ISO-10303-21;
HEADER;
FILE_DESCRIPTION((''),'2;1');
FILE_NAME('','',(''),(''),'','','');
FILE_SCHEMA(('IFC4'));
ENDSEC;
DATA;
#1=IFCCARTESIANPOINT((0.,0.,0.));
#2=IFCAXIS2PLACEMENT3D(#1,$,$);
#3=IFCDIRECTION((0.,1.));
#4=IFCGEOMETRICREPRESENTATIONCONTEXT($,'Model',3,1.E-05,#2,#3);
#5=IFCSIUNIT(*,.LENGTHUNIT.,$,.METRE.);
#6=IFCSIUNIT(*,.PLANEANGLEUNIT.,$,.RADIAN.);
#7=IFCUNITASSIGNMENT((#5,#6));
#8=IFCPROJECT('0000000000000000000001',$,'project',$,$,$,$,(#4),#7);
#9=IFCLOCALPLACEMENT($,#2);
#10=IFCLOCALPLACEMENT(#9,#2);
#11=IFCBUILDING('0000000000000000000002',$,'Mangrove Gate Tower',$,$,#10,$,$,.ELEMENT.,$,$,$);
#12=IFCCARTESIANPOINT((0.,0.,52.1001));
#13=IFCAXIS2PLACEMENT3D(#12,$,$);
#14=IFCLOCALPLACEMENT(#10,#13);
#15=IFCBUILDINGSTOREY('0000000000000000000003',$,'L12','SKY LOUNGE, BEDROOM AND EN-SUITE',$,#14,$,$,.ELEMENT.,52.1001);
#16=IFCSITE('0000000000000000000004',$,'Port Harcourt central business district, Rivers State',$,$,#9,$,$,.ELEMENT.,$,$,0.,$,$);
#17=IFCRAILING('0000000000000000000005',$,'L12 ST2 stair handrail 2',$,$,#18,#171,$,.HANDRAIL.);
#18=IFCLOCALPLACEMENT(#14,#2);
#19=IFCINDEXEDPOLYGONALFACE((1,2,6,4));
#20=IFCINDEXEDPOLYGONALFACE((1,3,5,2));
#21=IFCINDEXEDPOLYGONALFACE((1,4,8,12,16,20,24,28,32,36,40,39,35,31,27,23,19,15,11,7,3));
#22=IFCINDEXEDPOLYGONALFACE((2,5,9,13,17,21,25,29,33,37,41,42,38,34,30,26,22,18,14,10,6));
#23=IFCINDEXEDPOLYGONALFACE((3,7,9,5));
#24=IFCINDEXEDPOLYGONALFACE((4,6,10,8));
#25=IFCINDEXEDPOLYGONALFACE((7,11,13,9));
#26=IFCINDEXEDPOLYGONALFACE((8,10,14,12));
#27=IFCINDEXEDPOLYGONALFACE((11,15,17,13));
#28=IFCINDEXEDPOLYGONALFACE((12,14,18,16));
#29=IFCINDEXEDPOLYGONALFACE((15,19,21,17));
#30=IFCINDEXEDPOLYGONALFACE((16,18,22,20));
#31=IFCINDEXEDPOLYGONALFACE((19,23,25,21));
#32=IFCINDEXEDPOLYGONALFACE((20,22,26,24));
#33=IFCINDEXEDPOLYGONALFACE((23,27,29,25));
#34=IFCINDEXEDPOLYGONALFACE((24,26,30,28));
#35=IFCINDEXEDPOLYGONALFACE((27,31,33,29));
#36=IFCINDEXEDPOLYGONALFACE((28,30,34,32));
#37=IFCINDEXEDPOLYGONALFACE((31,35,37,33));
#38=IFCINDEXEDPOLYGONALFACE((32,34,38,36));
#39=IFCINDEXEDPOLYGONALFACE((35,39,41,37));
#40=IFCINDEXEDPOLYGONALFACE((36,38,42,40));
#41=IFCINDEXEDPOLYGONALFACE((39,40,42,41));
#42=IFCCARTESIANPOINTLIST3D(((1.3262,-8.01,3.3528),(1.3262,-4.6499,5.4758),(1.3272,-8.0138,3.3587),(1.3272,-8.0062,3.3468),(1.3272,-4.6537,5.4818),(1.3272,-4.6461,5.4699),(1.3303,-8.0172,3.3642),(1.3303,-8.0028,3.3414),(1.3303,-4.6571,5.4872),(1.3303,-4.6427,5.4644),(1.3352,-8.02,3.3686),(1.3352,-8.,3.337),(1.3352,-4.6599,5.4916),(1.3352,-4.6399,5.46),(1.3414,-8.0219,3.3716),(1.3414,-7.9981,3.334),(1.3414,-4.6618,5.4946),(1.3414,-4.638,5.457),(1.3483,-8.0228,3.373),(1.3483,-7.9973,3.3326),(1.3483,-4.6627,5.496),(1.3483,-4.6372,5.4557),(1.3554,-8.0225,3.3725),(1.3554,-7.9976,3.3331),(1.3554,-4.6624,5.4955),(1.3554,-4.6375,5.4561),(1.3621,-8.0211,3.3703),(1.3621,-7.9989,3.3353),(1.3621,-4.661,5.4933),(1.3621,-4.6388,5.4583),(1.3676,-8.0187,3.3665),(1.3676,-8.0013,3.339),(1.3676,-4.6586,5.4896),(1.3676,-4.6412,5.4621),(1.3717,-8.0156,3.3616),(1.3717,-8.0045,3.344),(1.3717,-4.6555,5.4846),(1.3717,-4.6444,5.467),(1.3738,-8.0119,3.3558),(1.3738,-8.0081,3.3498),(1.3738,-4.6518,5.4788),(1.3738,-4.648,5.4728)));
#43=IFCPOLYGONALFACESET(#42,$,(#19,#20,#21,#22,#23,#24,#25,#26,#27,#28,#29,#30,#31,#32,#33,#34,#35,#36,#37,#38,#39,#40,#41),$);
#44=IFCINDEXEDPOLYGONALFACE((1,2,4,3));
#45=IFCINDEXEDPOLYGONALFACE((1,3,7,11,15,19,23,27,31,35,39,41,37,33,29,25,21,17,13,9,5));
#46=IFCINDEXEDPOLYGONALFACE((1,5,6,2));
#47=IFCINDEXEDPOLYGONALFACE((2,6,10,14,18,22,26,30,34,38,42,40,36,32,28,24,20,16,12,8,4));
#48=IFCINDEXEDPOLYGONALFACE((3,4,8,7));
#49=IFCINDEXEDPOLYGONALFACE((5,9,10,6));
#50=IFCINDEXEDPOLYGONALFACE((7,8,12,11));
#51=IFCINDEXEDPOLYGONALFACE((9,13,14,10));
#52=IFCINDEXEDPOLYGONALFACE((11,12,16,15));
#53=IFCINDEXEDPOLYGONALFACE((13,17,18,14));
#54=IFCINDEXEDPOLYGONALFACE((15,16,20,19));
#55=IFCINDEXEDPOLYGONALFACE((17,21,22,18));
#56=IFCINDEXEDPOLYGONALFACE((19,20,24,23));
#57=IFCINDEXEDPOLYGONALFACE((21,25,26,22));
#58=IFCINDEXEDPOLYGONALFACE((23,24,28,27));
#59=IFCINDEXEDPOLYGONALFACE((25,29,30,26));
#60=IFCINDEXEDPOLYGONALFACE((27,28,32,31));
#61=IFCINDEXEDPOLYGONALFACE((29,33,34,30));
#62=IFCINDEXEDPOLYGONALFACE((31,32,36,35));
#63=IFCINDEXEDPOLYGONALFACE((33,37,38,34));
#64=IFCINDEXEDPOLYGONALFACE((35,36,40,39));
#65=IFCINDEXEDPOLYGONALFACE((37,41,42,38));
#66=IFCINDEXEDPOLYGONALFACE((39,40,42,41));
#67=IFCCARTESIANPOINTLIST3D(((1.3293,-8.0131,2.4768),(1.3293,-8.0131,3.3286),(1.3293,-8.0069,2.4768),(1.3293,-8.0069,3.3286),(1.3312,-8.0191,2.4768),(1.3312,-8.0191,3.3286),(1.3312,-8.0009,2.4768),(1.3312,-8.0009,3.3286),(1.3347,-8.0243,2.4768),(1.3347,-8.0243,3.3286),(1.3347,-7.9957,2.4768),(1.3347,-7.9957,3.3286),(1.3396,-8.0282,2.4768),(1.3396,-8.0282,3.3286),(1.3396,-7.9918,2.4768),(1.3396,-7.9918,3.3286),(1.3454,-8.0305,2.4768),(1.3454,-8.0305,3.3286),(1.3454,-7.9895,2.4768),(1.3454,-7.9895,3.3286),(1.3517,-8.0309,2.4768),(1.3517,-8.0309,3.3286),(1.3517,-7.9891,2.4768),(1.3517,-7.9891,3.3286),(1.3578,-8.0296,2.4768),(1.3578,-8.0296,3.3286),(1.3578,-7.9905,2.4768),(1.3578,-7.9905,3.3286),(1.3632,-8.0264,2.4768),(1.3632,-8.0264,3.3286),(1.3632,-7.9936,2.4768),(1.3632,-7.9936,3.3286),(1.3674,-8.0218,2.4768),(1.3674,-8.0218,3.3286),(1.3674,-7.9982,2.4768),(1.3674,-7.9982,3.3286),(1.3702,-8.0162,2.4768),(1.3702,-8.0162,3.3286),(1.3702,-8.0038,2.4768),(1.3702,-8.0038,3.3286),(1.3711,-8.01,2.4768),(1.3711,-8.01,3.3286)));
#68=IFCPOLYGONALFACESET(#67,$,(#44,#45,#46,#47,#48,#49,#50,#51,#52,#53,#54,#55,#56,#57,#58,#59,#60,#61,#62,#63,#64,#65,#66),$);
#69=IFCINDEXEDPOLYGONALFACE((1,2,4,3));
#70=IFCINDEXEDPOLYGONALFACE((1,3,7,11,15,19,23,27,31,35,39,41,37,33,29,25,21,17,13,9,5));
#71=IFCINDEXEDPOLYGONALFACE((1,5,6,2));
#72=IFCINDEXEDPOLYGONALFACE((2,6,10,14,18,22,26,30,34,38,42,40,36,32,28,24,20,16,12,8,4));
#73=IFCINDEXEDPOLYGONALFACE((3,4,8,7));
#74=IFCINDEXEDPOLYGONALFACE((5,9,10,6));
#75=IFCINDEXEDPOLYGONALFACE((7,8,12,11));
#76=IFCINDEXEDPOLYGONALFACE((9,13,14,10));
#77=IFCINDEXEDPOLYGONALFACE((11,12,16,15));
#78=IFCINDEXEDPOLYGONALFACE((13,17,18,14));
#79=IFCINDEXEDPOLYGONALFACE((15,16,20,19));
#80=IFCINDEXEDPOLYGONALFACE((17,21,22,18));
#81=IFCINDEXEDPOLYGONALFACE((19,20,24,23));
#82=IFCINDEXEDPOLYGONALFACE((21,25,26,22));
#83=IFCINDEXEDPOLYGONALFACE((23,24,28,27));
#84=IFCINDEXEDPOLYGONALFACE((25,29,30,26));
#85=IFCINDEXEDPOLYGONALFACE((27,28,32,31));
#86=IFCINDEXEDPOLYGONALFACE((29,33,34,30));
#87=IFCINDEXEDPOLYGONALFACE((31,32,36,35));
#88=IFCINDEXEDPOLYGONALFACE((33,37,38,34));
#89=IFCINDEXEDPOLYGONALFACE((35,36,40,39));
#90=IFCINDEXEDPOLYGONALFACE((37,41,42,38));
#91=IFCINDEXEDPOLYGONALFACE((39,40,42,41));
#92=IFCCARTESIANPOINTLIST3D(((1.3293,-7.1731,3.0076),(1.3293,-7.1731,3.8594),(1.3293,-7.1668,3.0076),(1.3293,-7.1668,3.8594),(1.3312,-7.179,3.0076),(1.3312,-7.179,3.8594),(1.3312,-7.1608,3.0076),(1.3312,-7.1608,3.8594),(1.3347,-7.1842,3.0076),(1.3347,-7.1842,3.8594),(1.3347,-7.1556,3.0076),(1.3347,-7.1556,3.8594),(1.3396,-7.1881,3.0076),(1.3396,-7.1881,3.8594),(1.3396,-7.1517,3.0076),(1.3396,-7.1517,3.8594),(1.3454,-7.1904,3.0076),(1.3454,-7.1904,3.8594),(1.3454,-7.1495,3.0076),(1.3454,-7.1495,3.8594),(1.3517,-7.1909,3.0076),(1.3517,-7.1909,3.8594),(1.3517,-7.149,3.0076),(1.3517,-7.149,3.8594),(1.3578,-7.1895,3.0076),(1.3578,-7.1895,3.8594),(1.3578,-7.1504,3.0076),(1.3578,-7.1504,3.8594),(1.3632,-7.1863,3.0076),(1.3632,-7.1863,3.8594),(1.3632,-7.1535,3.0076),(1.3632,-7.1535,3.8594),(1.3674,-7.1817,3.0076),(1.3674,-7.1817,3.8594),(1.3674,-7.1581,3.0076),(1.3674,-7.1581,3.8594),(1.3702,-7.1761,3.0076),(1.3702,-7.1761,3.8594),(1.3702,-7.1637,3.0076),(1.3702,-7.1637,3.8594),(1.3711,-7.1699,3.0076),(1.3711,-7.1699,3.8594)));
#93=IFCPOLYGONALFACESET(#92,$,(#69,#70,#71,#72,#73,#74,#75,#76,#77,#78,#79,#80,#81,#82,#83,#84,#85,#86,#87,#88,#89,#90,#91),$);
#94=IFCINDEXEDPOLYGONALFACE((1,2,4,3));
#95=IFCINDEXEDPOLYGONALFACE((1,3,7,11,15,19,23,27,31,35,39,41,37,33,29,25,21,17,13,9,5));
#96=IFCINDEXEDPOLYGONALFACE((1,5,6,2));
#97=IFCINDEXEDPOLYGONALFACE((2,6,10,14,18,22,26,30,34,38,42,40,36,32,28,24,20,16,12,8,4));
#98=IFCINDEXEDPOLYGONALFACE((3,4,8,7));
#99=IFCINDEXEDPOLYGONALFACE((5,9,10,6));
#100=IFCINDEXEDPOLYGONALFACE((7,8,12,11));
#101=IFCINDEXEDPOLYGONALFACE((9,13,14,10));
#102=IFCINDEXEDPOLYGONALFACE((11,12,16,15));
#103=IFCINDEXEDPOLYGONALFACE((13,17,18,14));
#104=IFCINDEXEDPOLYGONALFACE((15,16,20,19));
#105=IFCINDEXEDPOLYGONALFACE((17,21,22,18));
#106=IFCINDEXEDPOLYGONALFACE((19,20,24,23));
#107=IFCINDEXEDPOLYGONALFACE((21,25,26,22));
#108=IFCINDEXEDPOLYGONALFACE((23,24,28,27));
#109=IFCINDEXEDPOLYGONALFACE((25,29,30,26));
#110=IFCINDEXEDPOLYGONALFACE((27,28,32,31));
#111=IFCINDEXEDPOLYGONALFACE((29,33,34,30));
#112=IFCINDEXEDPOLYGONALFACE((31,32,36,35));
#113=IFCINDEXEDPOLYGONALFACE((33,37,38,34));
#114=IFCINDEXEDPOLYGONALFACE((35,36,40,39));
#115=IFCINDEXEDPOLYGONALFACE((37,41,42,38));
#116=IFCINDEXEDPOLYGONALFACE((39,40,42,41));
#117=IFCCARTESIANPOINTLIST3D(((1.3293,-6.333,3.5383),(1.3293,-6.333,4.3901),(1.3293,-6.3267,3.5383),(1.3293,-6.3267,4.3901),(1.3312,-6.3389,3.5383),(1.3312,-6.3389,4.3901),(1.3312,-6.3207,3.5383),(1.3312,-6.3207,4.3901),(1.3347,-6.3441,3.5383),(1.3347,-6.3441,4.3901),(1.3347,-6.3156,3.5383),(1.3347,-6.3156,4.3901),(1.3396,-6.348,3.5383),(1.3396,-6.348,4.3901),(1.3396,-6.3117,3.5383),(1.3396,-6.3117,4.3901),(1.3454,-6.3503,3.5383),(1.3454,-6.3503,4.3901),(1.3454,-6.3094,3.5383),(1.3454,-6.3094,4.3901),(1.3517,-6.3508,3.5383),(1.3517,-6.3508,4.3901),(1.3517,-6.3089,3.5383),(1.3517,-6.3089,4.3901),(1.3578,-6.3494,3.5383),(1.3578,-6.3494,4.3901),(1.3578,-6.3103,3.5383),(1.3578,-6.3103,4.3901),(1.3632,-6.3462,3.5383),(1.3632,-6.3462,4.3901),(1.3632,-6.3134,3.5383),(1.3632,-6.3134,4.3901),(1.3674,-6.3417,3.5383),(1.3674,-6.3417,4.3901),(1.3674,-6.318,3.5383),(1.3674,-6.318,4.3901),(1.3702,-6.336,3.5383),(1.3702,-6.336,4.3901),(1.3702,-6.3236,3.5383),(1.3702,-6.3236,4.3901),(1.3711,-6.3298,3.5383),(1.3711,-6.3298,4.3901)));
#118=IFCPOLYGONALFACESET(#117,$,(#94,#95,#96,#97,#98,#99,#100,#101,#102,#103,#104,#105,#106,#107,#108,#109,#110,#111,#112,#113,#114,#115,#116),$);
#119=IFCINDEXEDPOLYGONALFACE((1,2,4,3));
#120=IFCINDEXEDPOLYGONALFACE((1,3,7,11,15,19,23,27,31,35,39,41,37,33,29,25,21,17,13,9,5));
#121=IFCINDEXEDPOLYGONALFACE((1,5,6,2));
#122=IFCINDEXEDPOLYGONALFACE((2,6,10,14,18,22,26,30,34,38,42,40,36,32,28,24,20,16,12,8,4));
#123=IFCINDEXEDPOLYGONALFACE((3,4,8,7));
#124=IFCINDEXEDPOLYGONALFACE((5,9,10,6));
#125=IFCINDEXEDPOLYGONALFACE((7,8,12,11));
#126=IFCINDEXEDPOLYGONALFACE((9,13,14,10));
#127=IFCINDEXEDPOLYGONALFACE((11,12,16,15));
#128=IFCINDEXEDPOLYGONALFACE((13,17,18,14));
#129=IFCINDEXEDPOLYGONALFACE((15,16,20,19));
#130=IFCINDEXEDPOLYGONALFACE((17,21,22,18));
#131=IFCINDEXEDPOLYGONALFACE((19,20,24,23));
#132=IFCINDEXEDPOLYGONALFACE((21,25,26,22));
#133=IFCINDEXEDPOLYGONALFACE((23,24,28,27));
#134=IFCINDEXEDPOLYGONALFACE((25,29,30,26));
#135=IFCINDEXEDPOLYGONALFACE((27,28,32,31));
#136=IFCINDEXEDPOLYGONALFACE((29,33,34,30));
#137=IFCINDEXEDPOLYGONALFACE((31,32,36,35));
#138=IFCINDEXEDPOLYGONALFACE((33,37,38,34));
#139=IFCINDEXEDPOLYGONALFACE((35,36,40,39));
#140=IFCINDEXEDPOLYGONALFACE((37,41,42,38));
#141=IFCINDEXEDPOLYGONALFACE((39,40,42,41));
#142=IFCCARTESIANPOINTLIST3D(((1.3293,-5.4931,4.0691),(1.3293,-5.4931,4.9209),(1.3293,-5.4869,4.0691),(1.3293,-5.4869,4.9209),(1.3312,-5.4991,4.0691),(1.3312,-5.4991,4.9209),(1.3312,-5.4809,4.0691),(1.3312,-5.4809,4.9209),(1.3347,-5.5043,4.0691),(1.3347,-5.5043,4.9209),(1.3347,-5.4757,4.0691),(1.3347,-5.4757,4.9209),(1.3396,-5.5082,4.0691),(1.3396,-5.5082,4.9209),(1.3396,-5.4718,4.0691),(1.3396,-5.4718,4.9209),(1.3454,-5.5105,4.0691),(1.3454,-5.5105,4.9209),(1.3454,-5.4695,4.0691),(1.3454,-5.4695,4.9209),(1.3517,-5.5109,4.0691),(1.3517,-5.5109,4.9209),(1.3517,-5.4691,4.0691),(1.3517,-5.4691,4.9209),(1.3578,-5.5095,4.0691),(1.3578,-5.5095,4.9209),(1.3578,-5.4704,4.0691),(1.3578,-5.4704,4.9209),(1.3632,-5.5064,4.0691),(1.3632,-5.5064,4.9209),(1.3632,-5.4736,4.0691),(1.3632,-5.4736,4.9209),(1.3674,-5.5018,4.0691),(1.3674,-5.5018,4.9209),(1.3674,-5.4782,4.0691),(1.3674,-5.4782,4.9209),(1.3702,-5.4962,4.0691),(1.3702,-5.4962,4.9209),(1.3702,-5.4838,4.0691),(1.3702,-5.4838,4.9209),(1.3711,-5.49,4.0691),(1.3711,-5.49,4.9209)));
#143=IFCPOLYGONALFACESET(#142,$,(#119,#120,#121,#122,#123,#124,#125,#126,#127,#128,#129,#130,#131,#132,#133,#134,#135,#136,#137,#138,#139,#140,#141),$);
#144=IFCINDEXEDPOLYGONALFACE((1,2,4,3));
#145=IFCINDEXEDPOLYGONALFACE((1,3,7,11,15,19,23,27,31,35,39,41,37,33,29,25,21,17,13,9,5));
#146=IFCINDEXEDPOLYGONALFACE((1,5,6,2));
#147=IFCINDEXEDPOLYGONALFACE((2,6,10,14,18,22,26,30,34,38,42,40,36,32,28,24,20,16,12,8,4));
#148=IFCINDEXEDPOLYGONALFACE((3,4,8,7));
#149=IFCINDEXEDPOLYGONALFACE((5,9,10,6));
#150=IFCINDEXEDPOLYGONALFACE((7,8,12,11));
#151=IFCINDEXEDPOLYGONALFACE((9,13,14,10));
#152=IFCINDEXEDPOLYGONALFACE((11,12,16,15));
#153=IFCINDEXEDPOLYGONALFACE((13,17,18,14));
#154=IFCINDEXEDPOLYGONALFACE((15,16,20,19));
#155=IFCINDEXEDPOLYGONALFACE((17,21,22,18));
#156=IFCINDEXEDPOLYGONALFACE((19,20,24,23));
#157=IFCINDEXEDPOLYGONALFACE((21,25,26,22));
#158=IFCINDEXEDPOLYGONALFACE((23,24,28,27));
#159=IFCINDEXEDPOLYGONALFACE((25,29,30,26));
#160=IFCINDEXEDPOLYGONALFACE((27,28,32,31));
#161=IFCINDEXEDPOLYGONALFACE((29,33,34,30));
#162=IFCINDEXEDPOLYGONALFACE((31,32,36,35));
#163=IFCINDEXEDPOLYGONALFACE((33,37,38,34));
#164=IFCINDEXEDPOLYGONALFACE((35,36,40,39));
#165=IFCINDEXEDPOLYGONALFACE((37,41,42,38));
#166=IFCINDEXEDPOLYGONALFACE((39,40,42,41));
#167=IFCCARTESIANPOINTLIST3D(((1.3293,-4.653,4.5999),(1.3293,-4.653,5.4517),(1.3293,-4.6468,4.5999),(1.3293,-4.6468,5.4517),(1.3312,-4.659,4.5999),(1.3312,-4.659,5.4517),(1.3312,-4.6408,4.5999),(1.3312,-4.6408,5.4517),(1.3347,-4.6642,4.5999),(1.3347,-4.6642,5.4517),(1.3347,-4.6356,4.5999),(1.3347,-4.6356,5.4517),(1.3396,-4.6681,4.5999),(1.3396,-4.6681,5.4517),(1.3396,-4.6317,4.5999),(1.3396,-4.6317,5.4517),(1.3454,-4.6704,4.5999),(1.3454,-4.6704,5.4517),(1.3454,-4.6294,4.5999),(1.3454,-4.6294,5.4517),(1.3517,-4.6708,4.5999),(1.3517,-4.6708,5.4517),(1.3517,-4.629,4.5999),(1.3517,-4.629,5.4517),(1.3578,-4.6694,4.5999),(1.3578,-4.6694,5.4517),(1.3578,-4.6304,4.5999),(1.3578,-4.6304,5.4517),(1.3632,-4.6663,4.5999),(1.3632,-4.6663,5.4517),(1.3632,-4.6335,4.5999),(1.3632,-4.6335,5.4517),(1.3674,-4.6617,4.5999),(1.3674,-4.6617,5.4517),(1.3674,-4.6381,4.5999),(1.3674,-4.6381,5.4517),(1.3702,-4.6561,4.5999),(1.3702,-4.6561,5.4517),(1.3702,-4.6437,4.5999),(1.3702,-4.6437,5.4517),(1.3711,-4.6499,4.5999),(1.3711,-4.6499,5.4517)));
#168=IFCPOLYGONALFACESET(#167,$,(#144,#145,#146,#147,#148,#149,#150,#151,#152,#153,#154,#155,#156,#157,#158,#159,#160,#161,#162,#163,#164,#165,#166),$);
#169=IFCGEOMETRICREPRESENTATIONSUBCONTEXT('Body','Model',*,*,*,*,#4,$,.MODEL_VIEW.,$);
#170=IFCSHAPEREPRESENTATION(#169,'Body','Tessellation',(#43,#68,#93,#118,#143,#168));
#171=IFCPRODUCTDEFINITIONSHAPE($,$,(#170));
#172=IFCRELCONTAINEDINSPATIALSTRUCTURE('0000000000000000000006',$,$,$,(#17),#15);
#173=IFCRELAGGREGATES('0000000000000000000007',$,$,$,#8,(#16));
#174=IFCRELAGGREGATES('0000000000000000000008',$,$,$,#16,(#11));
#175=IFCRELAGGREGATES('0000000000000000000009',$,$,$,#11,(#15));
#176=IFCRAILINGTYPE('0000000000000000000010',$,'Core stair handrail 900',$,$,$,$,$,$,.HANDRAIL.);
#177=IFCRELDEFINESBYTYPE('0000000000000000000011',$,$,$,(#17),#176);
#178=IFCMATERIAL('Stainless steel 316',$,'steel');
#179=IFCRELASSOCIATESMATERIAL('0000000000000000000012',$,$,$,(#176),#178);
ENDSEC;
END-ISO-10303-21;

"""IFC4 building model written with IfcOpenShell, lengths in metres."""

from ifc_helpers import new_model, si_unit, direction, frame, origin, origin_2d, place, context, subcontext, project, spatial, circle, extrude, material, type_object, element, save


model = new_model("IFC4")

# Units and contexts
model_context = context("Model", 3, precision=1e-05, world=origin(), true_north=direction((0.0, 1.0)))
body_context = subcontext(model_context, "Body", "Model", "MODEL_VIEW")
ifc_project = project(units=[si_unit("LENGTHUNIT", "METRE"), si_unit("PLANEANGLEUNIT", "RADIAN")], contexts=[model_context])

# Site, building, storey
site_placement = place(None, origin())
site = spatial("IfcSite", under=ifc_project, at=site_placement, Name="Port Harcourt central business district, Rivers State", CompositionType="ELEMENT", RefElevation=0.0)
building_placement = place(site_placement, origin())
building = spatial("IfcBuilding", under=site, at=building_placement, Name="Mangrove Gate Tower", CompositionType="ELEMENT")
storey_placement = place(building_placement, frame((0.0, 0.0, 52.1001)))
storey = spatial("IfcBuildingStorey", under=building, at=storey_placement, Name="L12", Description="SKY LOUNGE, BEDROOM AND EN-SUITE", CompositionType="ELEMENT", Elevation=52.1001)

# Railing
ifc_material_1 = material(Name="Stainless steel 316", Category="steel")
railing_type_1 = type_object("IfcRailingType", Name="Core stair handrail 900", PredefinedType="HANDRAIL", material=ifc_material_1)
railing_1_placement = place(storey_placement, frame((1.3501, -8.01, 2.4768)))
element("IfcRailing", 1, at=railing_1_placement, inside=storey, type_object=railing_type_1, Name="L12 ST2 stair handrail 2", PredefinedType="HANDRAIL", context=body_context, shape_type="SweptSolid", body=[
    extrude(circle(Radius=0.0239, at=origin_2d()), frame((0.0, 0.0, 0.876), z_axis=(0.0, 0.84539, 0.53415), x_axis=(-1.0, 0.0, 0.0)), (0.0, 0.0, 1.0), 3.9746),
    extrude(circle(Radius=0.021, at=origin_2d()), origin(), (0.0, 0.0, 1.0), 0.8518),
    extrude(circle(Radius=0.021, at=origin_2d()), frame((0.0, 0.8401, 0.5308)), (0.0, 0.0, 1.0), 0.8518),
    extrude(circle(Radius=0.021, at=origin_2d()), frame((0.0, 1.6802, 1.0615)), (0.0, 0.0, 1.0), 0.8518),
    extrude(circle(Radius=0.021, at=origin_2d()), frame((0.0, 2.52, 1.5923)), (0.0, 0.0, 1.0), 0.8518),
    extrude(circle(Radius=0.021, at=origin_2d()), frame((0.0, 3.3601, 2.123)), (0.0, 0.0, 1.0), 0.8518),
])

save(model, "model.ifc")
